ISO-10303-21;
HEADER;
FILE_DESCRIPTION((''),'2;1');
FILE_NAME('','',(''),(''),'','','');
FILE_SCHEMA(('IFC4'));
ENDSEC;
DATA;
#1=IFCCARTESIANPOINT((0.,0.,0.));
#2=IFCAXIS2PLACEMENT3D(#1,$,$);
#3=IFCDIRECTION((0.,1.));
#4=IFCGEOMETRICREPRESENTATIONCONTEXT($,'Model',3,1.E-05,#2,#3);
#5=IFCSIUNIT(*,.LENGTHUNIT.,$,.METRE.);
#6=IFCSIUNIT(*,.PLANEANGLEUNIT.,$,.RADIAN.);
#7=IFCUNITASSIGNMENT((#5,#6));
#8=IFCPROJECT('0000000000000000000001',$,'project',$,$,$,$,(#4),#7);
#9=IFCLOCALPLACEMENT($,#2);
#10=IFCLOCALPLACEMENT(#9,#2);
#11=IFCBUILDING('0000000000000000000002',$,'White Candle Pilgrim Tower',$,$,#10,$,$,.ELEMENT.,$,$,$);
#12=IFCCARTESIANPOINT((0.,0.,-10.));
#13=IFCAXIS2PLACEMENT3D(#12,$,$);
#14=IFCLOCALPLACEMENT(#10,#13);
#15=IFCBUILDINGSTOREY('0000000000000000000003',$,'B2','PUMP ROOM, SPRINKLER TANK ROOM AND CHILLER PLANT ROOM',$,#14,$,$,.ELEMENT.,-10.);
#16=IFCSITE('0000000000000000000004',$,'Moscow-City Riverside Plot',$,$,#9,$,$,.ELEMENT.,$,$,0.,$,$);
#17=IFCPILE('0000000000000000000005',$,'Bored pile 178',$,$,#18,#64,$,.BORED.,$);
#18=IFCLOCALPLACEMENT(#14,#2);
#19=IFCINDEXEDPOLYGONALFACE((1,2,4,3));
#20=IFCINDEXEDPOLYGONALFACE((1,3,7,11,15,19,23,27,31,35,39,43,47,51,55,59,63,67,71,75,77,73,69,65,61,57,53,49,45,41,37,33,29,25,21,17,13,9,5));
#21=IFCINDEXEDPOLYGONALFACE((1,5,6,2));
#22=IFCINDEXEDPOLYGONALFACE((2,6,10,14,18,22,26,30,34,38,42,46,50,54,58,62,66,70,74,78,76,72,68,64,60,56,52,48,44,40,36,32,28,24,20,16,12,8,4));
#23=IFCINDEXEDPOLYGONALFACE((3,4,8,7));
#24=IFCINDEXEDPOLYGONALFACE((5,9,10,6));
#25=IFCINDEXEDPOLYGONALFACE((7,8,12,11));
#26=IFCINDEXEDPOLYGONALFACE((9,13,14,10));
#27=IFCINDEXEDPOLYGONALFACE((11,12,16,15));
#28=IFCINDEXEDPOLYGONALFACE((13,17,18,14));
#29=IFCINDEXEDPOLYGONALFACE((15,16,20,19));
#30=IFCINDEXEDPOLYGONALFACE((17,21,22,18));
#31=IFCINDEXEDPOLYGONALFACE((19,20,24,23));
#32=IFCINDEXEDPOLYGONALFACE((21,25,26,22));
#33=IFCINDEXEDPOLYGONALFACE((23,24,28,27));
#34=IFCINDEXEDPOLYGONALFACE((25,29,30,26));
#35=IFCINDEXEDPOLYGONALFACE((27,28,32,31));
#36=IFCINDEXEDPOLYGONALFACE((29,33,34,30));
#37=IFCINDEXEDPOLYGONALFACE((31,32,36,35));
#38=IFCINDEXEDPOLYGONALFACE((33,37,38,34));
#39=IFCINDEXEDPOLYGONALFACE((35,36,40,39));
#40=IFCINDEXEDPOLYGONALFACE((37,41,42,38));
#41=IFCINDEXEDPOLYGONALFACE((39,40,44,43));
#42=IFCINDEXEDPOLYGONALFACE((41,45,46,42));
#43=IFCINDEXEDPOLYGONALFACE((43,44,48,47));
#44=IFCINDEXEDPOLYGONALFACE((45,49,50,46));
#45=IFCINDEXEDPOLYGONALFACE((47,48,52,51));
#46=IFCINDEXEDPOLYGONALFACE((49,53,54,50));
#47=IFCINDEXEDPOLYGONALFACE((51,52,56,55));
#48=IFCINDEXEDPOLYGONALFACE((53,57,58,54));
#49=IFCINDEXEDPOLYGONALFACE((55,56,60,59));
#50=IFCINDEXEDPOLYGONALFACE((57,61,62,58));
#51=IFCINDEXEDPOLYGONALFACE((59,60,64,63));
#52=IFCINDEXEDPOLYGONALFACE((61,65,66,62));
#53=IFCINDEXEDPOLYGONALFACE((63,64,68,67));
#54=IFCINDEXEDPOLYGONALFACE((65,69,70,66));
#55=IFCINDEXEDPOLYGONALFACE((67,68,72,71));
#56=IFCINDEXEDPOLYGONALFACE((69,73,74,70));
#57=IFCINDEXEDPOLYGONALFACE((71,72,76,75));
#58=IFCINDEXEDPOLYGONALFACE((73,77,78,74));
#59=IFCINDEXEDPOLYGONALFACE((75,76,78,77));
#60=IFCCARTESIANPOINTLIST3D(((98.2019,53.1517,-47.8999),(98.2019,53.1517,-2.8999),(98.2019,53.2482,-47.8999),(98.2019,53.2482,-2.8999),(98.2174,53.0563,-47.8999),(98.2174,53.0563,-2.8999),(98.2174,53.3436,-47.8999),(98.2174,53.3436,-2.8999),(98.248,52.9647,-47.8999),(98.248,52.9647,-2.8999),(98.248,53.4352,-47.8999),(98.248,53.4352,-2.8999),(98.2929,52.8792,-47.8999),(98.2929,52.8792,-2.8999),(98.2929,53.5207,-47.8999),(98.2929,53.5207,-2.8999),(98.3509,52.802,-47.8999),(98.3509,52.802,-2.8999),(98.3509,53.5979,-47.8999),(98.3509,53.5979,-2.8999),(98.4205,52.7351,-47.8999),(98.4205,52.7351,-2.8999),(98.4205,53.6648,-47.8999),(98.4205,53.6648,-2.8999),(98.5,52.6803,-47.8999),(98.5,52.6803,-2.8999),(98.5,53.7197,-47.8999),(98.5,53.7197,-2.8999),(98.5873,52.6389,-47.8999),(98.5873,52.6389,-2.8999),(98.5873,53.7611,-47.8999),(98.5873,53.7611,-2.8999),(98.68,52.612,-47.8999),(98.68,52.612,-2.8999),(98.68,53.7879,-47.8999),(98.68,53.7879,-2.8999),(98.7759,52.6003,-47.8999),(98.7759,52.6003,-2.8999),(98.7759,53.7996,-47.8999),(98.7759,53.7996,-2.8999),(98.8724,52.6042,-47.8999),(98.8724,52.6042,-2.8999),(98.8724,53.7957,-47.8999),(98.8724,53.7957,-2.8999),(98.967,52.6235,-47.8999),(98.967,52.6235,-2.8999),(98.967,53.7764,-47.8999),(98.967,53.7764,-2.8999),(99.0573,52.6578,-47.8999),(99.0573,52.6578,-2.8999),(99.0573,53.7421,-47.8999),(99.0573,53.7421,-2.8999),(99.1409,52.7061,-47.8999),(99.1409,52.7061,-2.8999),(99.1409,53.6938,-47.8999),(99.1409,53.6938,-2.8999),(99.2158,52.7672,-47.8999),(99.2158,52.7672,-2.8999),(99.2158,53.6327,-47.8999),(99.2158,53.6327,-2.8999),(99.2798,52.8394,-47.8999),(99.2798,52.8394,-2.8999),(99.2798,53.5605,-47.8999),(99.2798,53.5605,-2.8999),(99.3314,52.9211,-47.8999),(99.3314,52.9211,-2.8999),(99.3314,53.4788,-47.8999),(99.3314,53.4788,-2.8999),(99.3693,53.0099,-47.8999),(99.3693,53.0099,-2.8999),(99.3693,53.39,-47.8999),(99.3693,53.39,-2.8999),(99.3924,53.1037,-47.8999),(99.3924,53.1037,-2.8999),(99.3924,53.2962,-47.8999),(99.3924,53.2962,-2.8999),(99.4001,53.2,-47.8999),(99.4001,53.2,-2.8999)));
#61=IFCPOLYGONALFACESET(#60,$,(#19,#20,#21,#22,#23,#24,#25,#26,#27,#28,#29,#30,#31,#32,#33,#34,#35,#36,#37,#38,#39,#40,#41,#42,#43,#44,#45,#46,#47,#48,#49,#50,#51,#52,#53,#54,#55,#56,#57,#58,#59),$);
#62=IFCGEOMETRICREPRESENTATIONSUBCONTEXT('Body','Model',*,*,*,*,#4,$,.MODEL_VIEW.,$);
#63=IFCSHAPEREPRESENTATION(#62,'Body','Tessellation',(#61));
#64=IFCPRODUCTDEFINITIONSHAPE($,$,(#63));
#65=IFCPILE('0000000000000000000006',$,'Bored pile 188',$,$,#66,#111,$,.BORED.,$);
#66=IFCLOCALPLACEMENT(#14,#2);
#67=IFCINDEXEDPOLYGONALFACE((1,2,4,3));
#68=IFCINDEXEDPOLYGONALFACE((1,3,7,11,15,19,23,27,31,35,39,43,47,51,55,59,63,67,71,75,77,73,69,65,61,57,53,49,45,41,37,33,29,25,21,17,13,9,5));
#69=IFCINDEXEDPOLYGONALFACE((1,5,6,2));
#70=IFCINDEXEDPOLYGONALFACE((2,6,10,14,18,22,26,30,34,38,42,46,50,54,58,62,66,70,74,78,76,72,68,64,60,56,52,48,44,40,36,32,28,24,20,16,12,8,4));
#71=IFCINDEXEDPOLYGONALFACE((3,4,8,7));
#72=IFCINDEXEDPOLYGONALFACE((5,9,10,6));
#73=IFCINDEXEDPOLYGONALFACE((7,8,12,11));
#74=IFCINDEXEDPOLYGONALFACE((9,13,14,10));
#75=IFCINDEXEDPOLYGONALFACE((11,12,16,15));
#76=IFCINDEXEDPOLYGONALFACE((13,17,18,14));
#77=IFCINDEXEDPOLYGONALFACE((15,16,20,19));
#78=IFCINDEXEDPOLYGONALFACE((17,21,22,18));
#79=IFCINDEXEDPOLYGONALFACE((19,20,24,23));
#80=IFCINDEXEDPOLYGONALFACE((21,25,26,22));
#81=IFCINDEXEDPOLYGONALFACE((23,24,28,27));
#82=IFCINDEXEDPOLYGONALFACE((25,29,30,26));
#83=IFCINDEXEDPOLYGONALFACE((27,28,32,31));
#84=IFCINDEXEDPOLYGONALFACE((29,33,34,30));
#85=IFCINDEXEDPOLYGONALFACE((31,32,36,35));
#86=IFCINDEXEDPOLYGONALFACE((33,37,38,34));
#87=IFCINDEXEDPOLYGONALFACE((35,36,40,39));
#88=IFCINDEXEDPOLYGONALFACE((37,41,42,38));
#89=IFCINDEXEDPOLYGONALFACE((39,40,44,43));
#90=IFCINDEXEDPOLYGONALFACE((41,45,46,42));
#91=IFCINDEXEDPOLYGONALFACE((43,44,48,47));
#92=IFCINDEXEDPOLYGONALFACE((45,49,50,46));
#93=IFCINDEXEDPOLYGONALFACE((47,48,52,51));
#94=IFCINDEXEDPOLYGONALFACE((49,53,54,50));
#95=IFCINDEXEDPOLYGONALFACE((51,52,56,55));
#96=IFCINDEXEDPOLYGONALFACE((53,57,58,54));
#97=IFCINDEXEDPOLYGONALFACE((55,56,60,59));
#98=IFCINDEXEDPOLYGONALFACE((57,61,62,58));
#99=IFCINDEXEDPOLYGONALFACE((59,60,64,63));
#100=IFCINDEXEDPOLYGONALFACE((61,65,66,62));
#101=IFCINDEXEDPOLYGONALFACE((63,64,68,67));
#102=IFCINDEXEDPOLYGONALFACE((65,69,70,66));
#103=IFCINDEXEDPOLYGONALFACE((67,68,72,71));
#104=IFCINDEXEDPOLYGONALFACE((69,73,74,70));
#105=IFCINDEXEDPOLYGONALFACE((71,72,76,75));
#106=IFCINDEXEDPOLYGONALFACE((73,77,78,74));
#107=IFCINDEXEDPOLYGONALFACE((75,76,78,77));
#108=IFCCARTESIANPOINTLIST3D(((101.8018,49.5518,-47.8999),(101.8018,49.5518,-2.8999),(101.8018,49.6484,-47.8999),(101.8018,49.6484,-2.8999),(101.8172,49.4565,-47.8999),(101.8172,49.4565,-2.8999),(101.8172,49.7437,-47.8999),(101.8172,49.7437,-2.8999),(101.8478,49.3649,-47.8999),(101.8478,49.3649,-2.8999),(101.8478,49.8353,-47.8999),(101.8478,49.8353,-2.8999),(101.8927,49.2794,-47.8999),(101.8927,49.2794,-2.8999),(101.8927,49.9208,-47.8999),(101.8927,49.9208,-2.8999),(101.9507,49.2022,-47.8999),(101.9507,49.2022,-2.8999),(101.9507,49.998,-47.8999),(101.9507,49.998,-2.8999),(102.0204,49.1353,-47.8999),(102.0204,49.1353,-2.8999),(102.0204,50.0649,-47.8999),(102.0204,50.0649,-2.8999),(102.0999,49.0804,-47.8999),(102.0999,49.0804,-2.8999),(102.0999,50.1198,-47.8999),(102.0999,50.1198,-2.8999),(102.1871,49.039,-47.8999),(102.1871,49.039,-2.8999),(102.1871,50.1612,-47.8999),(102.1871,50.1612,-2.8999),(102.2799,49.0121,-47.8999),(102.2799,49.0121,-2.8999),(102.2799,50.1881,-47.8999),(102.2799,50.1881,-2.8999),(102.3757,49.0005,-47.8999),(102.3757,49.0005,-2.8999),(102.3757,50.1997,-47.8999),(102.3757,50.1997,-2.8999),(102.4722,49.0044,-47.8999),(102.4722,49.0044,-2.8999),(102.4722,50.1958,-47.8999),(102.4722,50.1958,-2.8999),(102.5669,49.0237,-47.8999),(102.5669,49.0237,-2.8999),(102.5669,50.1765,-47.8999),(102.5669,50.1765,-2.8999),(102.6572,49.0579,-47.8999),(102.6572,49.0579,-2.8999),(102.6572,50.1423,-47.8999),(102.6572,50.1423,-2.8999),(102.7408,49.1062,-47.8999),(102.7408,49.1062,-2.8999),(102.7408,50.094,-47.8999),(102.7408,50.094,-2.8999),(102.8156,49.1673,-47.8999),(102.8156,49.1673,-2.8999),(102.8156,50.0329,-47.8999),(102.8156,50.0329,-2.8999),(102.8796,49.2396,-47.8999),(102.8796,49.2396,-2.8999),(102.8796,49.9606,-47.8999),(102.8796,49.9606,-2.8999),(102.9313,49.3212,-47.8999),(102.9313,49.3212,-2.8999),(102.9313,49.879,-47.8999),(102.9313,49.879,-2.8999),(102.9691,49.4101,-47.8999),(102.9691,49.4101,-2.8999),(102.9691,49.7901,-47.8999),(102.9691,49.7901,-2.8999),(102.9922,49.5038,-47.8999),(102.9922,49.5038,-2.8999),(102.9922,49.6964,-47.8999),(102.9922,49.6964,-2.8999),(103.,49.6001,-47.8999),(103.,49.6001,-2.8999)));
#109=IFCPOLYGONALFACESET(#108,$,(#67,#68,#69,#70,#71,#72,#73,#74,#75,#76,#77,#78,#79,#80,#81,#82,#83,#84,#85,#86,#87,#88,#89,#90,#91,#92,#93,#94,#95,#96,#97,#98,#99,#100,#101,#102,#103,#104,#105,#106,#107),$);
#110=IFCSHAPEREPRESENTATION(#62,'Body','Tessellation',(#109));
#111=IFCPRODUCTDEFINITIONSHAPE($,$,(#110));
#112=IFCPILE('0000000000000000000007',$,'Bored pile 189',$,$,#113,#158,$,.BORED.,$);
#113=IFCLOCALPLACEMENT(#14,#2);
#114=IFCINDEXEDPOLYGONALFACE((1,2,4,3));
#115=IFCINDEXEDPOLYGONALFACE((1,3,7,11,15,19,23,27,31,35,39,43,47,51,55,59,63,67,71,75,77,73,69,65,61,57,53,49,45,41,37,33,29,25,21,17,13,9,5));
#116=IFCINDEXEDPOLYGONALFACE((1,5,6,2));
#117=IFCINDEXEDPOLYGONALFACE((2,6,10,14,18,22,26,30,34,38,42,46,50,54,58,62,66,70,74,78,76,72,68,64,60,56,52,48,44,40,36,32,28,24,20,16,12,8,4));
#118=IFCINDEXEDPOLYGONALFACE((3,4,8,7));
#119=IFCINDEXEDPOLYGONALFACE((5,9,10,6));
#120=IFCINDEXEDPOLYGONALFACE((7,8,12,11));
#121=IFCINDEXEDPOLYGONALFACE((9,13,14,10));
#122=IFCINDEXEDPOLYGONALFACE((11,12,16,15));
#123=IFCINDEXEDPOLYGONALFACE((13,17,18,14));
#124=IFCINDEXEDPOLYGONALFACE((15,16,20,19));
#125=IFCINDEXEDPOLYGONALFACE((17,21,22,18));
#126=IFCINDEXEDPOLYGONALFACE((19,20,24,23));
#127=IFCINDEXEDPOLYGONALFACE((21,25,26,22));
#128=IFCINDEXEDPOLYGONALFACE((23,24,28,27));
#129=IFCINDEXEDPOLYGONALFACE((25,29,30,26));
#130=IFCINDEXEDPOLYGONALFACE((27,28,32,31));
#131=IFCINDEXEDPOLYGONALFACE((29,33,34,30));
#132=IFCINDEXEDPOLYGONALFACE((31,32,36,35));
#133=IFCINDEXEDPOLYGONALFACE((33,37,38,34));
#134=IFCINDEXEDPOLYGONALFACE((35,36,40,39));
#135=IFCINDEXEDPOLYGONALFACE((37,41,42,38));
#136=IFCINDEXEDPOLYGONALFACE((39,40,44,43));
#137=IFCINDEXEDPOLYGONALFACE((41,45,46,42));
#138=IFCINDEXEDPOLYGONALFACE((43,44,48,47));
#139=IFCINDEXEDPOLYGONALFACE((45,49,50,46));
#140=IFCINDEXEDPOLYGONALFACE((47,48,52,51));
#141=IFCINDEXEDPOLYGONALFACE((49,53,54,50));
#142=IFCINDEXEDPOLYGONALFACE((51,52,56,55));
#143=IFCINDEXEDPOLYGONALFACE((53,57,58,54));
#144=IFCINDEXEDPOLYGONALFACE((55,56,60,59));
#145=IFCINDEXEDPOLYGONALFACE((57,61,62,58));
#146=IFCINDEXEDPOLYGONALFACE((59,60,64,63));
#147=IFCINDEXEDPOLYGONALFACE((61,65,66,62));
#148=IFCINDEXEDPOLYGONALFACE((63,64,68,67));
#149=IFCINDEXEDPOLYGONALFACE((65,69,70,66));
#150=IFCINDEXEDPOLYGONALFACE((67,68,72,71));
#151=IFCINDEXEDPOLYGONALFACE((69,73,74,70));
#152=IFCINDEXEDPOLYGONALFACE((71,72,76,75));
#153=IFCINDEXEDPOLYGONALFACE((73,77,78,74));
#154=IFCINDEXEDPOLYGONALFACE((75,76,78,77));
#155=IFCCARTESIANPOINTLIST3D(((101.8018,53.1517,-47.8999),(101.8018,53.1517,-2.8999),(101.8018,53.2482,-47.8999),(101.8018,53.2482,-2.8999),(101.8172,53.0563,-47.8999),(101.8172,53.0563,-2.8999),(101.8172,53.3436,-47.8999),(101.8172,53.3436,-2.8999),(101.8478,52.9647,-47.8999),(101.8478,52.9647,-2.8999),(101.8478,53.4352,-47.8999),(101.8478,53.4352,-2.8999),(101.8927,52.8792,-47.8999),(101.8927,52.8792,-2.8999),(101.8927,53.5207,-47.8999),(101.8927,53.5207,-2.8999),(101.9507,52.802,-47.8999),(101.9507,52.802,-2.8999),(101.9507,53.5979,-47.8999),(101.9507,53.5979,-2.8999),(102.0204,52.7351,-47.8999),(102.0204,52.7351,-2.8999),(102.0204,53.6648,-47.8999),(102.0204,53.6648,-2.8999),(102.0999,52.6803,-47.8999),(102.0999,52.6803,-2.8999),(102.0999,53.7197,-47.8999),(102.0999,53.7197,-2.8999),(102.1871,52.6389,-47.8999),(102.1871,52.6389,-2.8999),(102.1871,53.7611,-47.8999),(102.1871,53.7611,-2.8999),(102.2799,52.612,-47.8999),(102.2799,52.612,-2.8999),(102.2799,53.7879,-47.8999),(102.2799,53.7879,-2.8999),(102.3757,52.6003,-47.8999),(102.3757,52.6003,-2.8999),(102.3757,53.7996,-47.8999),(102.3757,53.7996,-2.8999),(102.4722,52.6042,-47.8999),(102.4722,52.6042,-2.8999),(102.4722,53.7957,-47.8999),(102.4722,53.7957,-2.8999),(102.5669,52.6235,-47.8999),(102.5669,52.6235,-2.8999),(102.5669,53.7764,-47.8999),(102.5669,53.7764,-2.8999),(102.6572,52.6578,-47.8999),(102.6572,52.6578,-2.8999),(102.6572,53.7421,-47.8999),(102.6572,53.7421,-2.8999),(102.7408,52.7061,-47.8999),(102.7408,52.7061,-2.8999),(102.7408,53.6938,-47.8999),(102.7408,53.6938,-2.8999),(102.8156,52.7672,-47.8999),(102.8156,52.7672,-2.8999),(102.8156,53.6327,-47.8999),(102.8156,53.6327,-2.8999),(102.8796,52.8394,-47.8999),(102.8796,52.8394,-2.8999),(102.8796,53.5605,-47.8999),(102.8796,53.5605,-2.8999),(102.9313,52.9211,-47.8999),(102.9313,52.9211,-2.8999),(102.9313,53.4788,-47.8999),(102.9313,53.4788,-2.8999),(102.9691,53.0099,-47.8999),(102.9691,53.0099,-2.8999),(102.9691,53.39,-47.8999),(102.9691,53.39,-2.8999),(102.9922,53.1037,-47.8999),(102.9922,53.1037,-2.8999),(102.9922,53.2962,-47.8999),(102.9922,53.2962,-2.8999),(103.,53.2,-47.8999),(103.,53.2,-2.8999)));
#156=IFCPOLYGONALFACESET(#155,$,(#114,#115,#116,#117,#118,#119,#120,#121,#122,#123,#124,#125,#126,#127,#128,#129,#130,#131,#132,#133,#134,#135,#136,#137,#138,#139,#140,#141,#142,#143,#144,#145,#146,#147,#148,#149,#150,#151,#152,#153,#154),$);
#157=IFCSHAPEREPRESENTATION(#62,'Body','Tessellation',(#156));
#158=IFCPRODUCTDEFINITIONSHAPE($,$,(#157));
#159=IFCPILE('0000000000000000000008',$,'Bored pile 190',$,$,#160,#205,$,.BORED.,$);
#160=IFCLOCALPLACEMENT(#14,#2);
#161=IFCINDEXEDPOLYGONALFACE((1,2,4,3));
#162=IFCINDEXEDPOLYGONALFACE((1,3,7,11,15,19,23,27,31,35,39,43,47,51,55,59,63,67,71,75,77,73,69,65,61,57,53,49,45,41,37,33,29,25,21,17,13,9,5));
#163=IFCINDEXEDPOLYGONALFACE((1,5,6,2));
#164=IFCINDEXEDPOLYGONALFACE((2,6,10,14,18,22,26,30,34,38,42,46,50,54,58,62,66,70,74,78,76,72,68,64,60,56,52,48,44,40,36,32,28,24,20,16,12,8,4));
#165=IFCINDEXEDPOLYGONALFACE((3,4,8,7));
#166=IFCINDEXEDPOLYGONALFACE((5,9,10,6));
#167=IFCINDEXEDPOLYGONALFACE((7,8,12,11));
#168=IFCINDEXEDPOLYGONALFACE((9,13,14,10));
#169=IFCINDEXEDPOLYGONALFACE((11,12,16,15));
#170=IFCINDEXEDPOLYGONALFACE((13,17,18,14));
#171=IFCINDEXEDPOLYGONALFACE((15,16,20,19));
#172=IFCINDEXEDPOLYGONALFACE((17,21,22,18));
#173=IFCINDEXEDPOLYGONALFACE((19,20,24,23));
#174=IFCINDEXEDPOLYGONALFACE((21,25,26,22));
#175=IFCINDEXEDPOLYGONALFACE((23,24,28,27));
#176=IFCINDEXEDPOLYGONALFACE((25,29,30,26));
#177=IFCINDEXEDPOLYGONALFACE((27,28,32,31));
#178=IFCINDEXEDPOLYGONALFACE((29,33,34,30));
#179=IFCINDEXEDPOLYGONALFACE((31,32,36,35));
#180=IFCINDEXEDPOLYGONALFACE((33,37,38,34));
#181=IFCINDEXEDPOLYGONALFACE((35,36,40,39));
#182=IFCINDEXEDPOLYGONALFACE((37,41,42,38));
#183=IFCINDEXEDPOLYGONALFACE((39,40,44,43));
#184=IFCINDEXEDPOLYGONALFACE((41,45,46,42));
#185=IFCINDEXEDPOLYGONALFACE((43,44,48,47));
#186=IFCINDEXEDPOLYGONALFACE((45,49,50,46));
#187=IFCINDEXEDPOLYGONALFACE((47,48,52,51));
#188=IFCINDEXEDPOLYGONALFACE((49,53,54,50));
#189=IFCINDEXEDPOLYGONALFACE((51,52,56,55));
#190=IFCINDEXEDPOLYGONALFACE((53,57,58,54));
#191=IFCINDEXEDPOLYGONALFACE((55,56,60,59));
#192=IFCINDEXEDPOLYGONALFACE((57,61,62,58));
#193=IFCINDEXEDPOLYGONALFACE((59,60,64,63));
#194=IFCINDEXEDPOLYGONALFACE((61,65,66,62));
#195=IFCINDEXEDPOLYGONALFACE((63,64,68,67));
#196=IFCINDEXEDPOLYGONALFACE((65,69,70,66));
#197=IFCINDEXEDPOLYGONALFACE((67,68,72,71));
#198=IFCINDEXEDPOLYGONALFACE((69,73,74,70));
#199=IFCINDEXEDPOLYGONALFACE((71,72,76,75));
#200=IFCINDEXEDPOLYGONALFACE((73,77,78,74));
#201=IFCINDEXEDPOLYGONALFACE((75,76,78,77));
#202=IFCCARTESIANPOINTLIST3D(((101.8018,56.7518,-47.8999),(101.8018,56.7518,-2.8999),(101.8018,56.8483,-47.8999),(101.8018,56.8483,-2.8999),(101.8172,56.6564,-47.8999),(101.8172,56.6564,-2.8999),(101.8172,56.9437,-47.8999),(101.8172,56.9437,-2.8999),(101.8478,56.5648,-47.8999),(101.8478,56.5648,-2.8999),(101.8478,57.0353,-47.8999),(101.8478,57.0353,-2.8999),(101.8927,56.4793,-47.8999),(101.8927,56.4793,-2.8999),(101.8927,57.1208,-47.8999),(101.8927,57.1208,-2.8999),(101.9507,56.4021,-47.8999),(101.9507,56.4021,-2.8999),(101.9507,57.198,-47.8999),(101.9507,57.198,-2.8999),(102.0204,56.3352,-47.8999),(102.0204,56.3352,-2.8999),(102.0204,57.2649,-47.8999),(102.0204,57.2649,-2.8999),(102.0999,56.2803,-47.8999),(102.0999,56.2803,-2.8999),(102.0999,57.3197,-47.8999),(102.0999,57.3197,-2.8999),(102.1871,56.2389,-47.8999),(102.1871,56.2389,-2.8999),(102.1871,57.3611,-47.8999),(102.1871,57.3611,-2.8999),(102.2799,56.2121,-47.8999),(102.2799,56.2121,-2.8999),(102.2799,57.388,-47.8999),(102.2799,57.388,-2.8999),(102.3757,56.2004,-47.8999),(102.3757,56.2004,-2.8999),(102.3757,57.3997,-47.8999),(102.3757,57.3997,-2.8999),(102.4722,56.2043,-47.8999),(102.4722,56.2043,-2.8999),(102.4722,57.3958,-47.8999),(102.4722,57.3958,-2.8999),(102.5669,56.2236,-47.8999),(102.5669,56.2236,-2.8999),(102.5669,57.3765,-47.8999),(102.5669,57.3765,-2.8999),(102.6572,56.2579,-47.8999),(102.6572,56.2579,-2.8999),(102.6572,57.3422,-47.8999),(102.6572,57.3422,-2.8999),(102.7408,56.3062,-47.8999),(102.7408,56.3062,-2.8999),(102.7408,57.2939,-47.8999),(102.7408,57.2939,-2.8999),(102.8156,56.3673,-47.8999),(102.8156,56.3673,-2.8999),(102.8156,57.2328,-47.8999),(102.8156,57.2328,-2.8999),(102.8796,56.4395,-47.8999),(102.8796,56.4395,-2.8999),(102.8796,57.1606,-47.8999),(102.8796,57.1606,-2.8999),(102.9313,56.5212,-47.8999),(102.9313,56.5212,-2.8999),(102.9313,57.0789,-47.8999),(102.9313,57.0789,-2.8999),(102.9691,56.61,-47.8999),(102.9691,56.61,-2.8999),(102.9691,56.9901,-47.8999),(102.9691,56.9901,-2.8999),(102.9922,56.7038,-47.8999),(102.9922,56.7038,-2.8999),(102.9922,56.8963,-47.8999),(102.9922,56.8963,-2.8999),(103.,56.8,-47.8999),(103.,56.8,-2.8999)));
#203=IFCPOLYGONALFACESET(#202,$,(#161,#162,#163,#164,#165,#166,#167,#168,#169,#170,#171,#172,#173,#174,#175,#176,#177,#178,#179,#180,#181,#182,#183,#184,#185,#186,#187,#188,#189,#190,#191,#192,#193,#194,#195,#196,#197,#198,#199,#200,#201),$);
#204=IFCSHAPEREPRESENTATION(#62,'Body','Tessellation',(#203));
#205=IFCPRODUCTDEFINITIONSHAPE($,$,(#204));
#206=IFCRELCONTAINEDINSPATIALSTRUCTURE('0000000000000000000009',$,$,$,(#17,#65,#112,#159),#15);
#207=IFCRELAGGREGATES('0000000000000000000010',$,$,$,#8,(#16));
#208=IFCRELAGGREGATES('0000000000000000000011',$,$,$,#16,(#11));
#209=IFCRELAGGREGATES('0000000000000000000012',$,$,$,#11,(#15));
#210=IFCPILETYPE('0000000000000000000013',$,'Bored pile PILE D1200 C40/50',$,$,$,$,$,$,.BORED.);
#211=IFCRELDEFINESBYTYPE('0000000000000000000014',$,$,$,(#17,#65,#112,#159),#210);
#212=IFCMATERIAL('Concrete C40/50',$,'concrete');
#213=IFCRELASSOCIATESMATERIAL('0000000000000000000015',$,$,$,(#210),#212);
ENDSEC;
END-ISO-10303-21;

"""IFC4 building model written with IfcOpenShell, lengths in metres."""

from ifc_helpers import new_model, si_unit, direction, frame, origin, origin_2d, place, context, subcontext, project, spatial, circle, extrude, material, material_profile, profile_set, type_object, element, save


model = new_model("IFC4")

# Units and contexts
model_context = context("Model", 3, precision=1e-05, world=origin(), true_north=direction((0.0, 1.0)))
body_context = subcontext(model_context, "Body", "Model", "MODEL_VIEW")
ifc_project = project(units=[si_unit("LENGTHUNIT", "METRE"), si_unit("PLANEANGLEUNIT", "RADIAN")], contexts=[model_context])

# Site, building, storey
site_placement = place(None, origin())
site = spatial("IfcSite", under=ifc_project, at=site_placement, Name="Moscow-City Riverside Plot", CompositionType="ELEMENT", RefElevation=0.0)
building_placement = place(site_placement, origin())
building = spatial("IfcBuilding", under=site, at=building_placement, Name="White Candle Pilgrim Tower", CompositionType="ELEMENT")
storey_placement = place(building_placement, frame((0.0, 0.0, -10.0)))
storey = spatial("IfcBuildingStorey", under=building, at=storey_placement, Name="B2", Description="PUMP ROOM, SPRINKLER TANK ROOM AND CHILLER PLANT ROOM", CompositionType="ELEMENT", Elevation=-10.0)

# Piles
ifc_material_1 = material(Name="Concrete C40/50", Category="concrete")
ifc_material_profile_1 = material_profile(ifc_material_1, circle(Radius=0.6001, at=origin_2d()), Name="PILE D1200")
ifc_profile_set_1 = profile_set([ifc_material_profile_1], Name="Concrete C40/50")
pile_type = type_object("IfcPileType", Name="Bored pile PILE D1200 C40/50", PredefinedType="BORED", material=ifc_profile_set_1)
for number, where, z_axis, x_axis, name in (
    (1, (98.8, 53.2, -2.8999), (0.0, 0.0, -1.0), (1.0, 0.0, 0.0), "Bored pile 178"),
    (2, (102.3999, 49.6001, -2.8999), (0.0, 0.0, -1.0), (1.0, 0.0, 0.0), "Bored pile 188"),
    (3, (102.3999, 53.2, -2.8999), (0.0, 0.0, -1.0), (1.0, 0.0, 0.0), "Bored pile 189"),
    (4, (102.3999, 56.8, -2.8999), (0.0, 0.0, -1.0), (1.0, 0.0, 0.0), "Bored pile 190"),
):
    element("IfcPile", number, at=place(storey_placement, frame(where, z_axis=z_axis, x_axis=x_axis)), inside=storey, type_object=pile_type, Name=name, PredefinedType="BORED", context=body_context, shape_type="SweptSolid", body=[
        extrude(circle(Radius=0.6001, at=origin_2d()), origin(), (0.0, 0.0, 1.0), 45.0),
    ])

save(model, "model.ifc")
